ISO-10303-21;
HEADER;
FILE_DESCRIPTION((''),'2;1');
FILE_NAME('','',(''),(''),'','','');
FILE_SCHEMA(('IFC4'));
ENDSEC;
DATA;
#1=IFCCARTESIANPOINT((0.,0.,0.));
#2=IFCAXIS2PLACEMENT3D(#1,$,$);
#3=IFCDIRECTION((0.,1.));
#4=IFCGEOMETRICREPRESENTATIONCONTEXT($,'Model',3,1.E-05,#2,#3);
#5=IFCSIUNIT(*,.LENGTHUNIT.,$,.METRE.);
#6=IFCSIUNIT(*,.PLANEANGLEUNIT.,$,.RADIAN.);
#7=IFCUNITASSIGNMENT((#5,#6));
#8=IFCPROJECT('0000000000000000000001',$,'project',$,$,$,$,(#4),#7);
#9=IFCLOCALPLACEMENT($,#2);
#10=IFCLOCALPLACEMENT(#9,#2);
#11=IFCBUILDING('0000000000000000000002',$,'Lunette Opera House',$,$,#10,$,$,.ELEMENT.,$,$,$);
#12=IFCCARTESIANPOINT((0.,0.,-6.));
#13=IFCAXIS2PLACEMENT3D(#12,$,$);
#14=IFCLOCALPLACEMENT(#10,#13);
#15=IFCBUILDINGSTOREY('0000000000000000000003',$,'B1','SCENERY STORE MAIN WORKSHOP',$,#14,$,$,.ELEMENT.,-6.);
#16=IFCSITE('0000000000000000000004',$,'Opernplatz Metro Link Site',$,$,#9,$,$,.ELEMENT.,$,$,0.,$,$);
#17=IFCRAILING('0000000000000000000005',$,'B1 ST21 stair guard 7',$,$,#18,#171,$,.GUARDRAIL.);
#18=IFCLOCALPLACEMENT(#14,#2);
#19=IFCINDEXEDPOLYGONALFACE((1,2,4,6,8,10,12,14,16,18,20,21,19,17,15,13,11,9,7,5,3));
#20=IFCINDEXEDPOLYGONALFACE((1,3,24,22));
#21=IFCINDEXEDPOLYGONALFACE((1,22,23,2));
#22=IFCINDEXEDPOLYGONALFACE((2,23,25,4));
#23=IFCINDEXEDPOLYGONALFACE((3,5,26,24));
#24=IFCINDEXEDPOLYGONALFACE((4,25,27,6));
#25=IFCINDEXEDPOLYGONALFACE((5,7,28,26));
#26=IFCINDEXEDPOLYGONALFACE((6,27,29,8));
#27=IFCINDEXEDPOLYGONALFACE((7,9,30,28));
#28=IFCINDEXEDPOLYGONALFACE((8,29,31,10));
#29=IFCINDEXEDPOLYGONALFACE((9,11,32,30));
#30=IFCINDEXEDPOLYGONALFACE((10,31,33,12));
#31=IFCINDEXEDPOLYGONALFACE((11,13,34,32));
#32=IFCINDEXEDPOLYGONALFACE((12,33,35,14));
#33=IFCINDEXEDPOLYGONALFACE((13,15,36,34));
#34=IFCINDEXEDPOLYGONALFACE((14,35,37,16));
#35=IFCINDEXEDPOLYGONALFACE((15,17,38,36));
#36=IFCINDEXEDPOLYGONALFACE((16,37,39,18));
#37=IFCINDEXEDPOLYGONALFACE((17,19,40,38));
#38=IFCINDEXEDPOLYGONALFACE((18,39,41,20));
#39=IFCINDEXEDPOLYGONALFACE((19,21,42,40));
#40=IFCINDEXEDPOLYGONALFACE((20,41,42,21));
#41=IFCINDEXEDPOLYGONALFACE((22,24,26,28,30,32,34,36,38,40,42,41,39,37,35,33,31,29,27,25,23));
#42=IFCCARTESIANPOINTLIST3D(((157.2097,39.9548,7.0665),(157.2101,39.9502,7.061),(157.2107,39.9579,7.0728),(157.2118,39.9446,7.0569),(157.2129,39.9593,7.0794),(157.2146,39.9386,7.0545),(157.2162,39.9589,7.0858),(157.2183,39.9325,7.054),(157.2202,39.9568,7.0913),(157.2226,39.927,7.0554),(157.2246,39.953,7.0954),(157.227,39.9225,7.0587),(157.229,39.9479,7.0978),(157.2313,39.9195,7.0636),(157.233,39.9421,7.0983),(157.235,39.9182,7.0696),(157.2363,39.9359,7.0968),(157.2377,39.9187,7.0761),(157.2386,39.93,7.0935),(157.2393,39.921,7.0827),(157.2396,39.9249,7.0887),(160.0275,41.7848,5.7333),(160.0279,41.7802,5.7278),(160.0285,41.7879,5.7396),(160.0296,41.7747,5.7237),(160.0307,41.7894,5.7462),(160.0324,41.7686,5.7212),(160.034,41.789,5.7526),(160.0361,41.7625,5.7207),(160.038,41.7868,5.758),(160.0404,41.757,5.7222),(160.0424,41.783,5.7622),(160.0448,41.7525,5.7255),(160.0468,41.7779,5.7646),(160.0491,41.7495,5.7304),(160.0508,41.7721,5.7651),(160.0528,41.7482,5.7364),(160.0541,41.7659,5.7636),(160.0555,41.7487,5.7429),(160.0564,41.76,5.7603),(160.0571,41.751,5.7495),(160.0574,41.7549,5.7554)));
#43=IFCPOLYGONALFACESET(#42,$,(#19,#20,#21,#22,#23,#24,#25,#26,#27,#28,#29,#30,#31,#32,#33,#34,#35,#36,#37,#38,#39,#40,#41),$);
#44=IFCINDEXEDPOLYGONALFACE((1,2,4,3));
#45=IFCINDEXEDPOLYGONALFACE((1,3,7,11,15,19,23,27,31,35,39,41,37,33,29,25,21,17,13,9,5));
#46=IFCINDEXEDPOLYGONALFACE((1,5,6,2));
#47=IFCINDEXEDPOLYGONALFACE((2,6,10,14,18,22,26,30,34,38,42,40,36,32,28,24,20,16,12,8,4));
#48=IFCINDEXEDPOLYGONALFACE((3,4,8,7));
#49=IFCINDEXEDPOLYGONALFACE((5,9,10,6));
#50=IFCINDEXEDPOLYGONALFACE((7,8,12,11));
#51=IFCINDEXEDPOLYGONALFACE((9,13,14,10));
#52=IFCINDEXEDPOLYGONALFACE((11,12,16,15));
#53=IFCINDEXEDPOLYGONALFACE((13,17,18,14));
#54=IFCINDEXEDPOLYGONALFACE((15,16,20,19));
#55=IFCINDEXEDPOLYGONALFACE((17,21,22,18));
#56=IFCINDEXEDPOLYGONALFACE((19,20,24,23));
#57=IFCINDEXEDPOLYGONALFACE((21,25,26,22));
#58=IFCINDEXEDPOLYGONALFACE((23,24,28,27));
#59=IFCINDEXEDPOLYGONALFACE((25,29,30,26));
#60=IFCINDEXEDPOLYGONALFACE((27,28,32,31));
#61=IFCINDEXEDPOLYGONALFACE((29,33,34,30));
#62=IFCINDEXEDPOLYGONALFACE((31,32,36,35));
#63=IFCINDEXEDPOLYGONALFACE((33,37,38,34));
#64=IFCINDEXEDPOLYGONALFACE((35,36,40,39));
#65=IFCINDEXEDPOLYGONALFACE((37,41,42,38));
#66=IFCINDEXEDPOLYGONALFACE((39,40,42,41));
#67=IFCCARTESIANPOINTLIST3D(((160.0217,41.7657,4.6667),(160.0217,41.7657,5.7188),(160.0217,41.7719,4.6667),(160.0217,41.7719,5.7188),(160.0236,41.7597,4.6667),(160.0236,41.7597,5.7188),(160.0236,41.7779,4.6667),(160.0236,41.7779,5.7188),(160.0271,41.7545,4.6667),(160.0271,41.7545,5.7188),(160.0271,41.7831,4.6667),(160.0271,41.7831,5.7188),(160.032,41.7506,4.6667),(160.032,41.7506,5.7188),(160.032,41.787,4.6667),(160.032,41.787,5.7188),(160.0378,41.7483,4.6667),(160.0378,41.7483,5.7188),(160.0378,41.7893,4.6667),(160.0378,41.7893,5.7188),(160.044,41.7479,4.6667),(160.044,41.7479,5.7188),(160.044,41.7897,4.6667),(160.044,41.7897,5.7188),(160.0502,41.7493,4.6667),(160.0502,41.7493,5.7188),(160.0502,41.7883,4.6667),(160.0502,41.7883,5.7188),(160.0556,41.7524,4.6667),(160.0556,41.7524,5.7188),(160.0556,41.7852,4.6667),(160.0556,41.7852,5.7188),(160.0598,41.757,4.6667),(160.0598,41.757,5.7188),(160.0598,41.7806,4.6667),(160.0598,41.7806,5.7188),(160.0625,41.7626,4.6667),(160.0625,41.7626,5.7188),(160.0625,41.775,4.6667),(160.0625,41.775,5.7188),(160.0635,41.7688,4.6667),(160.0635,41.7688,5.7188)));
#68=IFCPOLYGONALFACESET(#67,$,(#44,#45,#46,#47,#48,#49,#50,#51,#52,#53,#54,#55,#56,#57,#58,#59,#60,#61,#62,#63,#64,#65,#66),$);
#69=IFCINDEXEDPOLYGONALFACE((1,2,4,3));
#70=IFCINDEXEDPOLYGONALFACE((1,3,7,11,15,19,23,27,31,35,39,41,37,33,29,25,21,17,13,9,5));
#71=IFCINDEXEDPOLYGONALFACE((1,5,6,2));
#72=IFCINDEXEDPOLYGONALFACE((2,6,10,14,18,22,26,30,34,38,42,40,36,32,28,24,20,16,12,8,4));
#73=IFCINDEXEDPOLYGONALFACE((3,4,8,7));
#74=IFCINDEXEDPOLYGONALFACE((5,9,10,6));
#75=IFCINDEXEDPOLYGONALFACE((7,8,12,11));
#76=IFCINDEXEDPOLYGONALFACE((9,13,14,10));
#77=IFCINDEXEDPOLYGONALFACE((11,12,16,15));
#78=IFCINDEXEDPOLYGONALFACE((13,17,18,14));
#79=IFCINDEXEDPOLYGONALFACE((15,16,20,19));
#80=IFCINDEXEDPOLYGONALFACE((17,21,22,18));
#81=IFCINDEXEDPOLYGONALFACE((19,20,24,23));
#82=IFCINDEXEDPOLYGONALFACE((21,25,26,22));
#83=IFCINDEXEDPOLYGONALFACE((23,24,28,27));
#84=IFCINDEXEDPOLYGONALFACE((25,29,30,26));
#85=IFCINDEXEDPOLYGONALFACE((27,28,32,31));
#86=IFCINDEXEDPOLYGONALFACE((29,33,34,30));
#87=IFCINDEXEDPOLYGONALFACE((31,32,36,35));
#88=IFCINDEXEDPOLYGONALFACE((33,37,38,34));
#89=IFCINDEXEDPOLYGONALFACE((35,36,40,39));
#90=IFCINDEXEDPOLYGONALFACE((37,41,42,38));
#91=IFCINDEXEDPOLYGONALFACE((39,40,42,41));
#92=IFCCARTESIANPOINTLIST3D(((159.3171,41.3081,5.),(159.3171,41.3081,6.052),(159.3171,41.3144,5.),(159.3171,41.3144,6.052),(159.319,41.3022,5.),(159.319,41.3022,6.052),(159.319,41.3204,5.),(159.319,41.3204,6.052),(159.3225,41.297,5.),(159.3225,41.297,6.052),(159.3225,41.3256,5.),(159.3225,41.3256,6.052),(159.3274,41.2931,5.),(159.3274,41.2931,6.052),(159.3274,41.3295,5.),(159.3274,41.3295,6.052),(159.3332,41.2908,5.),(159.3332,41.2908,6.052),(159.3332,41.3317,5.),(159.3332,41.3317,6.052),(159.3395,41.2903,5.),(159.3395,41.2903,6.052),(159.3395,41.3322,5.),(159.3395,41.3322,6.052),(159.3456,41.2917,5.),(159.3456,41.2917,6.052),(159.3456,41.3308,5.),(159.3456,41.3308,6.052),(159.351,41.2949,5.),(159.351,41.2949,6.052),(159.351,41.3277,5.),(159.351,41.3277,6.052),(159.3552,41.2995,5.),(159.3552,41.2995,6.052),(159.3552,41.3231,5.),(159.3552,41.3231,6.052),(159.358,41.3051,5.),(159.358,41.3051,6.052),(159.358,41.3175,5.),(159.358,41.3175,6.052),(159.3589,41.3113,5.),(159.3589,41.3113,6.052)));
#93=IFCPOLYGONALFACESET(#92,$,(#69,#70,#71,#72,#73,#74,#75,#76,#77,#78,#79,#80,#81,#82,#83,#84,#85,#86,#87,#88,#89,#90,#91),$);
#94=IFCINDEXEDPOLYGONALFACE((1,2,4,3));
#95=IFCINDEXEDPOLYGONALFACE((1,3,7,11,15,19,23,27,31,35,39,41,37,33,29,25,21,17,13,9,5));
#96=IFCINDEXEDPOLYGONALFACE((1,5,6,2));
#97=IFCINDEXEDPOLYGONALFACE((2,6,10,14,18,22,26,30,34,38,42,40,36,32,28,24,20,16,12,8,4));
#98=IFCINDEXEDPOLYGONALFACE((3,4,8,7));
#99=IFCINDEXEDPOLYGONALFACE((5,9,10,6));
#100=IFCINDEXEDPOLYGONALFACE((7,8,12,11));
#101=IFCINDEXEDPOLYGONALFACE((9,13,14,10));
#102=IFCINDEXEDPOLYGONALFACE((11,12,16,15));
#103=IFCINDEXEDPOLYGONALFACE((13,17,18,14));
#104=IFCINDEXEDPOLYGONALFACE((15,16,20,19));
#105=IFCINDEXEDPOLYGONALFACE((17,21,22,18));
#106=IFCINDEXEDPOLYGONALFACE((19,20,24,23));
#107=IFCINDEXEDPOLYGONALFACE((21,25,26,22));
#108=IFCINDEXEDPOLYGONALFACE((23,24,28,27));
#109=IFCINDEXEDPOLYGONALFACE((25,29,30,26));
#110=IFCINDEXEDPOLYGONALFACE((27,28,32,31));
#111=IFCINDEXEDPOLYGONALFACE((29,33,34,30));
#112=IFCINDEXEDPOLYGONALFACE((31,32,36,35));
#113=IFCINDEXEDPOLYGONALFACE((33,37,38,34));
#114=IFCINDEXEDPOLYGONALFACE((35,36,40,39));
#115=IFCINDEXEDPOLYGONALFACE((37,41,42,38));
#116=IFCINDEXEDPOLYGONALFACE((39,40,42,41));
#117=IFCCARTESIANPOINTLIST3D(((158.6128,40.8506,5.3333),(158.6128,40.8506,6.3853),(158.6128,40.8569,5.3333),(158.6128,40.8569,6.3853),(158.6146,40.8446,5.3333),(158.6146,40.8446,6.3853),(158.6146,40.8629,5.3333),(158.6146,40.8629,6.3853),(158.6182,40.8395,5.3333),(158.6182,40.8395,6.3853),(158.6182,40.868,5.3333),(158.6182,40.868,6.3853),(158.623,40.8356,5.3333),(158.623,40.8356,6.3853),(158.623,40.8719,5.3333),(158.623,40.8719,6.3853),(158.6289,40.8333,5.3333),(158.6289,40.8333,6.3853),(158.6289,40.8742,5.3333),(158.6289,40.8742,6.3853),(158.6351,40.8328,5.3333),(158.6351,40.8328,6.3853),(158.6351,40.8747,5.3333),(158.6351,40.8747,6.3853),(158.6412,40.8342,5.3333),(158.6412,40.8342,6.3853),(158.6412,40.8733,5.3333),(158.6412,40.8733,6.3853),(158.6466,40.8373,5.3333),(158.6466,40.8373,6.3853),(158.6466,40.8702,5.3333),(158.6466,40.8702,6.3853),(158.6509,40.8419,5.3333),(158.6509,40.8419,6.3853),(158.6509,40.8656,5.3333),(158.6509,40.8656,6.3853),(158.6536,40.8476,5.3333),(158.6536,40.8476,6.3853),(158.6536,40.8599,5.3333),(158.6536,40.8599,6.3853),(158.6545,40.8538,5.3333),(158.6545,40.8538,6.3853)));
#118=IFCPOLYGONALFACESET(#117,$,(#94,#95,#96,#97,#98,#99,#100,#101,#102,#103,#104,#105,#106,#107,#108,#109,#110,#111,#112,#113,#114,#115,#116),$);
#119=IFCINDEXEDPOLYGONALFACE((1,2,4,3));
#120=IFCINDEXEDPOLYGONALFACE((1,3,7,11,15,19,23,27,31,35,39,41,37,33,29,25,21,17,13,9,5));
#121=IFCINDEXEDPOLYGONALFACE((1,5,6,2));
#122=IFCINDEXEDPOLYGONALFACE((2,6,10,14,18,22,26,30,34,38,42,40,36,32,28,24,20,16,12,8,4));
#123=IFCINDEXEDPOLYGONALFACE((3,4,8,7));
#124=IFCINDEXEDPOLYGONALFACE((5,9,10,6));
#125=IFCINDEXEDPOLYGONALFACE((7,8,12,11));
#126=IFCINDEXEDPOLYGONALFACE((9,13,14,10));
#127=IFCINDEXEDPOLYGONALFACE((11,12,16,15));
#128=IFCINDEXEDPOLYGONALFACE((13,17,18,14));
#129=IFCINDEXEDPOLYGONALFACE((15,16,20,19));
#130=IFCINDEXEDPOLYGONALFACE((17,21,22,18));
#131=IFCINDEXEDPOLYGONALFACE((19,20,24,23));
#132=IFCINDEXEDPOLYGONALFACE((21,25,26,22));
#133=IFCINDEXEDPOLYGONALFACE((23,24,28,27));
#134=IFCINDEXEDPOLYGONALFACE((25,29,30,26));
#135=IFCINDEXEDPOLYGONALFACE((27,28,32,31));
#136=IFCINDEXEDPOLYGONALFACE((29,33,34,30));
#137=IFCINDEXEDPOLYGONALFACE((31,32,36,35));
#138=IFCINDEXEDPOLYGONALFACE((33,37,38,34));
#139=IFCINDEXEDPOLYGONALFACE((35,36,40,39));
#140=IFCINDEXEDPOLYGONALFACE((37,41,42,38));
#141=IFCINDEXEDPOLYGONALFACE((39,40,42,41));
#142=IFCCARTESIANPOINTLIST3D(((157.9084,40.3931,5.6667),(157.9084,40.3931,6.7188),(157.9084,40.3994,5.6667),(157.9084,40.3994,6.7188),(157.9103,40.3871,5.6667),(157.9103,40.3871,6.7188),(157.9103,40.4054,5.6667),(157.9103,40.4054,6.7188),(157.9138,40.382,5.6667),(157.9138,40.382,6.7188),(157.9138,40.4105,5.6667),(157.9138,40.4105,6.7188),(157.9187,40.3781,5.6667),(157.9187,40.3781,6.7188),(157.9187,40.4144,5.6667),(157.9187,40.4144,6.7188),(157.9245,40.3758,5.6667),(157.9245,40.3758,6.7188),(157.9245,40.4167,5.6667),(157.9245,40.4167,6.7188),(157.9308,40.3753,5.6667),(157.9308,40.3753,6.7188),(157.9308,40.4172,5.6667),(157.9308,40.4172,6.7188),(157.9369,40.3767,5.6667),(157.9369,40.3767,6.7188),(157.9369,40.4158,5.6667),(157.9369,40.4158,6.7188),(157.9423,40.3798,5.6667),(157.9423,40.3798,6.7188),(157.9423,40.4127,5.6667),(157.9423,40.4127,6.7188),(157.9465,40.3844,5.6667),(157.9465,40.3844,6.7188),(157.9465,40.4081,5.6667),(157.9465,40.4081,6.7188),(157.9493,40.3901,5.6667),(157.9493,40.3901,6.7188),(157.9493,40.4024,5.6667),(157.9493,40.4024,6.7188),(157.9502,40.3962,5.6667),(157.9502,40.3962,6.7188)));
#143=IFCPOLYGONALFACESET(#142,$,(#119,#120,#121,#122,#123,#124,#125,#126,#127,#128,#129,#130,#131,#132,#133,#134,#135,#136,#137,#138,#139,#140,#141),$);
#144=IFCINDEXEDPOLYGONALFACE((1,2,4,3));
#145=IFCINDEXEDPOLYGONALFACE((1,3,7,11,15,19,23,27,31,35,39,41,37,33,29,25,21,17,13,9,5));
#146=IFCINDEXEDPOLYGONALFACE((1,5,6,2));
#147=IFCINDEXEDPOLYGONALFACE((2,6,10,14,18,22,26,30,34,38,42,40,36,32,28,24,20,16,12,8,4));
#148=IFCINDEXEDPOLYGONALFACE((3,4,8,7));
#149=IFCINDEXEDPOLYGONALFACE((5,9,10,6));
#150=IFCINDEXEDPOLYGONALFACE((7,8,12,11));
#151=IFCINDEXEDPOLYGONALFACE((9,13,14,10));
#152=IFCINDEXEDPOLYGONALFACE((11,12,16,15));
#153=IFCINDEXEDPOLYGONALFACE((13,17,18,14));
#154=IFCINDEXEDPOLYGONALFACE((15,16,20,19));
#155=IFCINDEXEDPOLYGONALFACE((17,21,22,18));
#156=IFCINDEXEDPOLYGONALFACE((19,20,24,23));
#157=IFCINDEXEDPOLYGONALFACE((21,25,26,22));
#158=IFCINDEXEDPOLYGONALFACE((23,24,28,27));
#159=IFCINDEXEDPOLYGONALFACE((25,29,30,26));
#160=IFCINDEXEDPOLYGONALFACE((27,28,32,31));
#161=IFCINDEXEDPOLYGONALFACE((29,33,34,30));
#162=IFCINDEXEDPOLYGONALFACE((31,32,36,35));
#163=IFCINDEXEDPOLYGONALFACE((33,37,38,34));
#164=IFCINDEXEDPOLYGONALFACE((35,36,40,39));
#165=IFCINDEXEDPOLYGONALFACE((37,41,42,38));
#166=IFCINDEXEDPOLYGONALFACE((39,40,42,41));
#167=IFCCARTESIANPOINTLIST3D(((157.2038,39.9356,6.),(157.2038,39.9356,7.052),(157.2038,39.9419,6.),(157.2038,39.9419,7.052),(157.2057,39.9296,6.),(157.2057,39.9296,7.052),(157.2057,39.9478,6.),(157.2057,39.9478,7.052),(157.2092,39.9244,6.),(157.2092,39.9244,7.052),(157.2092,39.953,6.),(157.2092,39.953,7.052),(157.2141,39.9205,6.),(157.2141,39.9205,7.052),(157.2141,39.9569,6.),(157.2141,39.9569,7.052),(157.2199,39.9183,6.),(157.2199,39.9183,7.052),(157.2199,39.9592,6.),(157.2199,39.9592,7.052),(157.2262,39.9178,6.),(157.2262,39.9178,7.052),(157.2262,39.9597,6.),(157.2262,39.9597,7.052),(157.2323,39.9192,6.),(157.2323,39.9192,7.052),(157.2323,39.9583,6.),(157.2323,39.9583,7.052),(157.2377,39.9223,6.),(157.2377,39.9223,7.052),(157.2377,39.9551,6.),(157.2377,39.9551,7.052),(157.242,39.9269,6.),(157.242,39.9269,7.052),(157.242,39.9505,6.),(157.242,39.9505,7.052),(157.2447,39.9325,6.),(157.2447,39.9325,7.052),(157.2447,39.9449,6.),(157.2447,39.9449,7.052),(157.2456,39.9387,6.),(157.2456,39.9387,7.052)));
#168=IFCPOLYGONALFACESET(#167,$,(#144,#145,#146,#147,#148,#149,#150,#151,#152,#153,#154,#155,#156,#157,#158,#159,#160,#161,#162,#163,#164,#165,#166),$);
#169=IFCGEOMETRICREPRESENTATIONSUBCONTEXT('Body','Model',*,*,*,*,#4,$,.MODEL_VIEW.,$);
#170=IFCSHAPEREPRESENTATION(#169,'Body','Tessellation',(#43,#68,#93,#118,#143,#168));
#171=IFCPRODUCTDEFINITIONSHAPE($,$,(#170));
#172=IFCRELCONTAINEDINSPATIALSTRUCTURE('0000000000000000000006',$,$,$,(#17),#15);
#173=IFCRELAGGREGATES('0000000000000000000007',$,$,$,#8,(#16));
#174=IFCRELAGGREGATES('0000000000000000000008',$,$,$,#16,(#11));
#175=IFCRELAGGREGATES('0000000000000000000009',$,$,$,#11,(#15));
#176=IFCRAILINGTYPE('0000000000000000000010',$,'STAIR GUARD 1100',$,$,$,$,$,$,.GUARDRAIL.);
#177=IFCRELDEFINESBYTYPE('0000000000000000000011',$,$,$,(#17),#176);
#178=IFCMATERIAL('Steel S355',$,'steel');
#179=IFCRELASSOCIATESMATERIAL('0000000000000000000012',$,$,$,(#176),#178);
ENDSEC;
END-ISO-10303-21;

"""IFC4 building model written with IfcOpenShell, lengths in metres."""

from ifc_helpers import new_model, si_unit, direction, frame, origin, origin_2d, place, context, subcontext, project, spatial, circle, extrude, material, type_object, element, save


model = new_model("IFC4")

# Units and contexts
model_context = context("Model", 3, precision=1e-05, world=origin(), true_north=direction((0.0, 1.0)))
body_context = subcontext(model_context, "Body", "Model", "MODEL_VIEW")
ifc_project = project(units=[si_unit("LENGTHUNIT", "METRE"), si_unit("PLANEANGLEUNIT", "RADIAN")], contexts=[model_context])

# Site, building, storey
site_placement = place(None, origin())
site = spatial("IfcSite", under=ifc_project, at=site_placement, Name="Opernplatz Metro Link Site", CompositionType="ELEMENT", RefElevation=0.0)
building_placement = place(site_placement, origin())
building = spatial("IfcBuilding", under=site, at=building_placement, Name="Lunette Opera House", CompositionType="ELEMENT")
storey_placement = place(building_placement, frame((0.0, 0.0, -6.0)))
storey = spatial("IfcBuildingStorey", under=building, at=storey_placement, Name="B1", Description="SCENERY STORE MAIN WORKSHOP", CompositionType="ELEMENT", Elevation=-6.0)

# Railing
ifc_material_1 = material(Name="Steel S355", Category="steel")
railing_type_1 = type_object("IfcRailingType", Name="STAIR GUARD 1100", PredefinedType="GUARDRAIL", material=ifc_material_1)
railing_1_placement = place(storey_placement, frame((160.0425, 41.7688, 4.6667)))
element("IfcRailing", 1, at=railing_1_placement, inside=storey, type_object=railing_type_1, Name="B1 ST21 stair guard 7", PredefinedType="GUARDRAIL", context=body_context, shape_type="SweptSolid", body=[
    extrude(circle(Radius=0.0239, at=origin_2d()), frame((0.0, 0.0, 1.0762), z_axis=(-0.779526, -0.506267, 0.368826), x_axis=(0.544667, -0.838653, 0.0)), (0.0, 0.0, 1.0), 3.6147),
    extrude(circle(Radius=0.021, at=origin_2d()), origin(), (0.0, 0.0, 1.0), 1.052),
    extrude(circle(Radius=0.021, at=origin_2d()), frame((-0.7046, -0.4575, 0.3333)), (0.0, 0.0, 1.0), 1.052),
    extrude(circle(Radius=0.021, at=origin_2d()), frame((-1.4089, -0.915, 0.6665)), (0.0, 0.0, 1.0), 1.052),
    extrude(circle(Radius=0.021, at=origin_2d()), frame((-2.1133, -1.3726, 1.0)), (0.0, 0.0, 1.0), 1.052),
    extrude(circle(Radius=0.021, at=origin_2d()), frame((-2.8179, -1.8301, 1.3333)), (0.0, 0.0, 1.0), 1.052),
])

save(model, "model.ifc")
